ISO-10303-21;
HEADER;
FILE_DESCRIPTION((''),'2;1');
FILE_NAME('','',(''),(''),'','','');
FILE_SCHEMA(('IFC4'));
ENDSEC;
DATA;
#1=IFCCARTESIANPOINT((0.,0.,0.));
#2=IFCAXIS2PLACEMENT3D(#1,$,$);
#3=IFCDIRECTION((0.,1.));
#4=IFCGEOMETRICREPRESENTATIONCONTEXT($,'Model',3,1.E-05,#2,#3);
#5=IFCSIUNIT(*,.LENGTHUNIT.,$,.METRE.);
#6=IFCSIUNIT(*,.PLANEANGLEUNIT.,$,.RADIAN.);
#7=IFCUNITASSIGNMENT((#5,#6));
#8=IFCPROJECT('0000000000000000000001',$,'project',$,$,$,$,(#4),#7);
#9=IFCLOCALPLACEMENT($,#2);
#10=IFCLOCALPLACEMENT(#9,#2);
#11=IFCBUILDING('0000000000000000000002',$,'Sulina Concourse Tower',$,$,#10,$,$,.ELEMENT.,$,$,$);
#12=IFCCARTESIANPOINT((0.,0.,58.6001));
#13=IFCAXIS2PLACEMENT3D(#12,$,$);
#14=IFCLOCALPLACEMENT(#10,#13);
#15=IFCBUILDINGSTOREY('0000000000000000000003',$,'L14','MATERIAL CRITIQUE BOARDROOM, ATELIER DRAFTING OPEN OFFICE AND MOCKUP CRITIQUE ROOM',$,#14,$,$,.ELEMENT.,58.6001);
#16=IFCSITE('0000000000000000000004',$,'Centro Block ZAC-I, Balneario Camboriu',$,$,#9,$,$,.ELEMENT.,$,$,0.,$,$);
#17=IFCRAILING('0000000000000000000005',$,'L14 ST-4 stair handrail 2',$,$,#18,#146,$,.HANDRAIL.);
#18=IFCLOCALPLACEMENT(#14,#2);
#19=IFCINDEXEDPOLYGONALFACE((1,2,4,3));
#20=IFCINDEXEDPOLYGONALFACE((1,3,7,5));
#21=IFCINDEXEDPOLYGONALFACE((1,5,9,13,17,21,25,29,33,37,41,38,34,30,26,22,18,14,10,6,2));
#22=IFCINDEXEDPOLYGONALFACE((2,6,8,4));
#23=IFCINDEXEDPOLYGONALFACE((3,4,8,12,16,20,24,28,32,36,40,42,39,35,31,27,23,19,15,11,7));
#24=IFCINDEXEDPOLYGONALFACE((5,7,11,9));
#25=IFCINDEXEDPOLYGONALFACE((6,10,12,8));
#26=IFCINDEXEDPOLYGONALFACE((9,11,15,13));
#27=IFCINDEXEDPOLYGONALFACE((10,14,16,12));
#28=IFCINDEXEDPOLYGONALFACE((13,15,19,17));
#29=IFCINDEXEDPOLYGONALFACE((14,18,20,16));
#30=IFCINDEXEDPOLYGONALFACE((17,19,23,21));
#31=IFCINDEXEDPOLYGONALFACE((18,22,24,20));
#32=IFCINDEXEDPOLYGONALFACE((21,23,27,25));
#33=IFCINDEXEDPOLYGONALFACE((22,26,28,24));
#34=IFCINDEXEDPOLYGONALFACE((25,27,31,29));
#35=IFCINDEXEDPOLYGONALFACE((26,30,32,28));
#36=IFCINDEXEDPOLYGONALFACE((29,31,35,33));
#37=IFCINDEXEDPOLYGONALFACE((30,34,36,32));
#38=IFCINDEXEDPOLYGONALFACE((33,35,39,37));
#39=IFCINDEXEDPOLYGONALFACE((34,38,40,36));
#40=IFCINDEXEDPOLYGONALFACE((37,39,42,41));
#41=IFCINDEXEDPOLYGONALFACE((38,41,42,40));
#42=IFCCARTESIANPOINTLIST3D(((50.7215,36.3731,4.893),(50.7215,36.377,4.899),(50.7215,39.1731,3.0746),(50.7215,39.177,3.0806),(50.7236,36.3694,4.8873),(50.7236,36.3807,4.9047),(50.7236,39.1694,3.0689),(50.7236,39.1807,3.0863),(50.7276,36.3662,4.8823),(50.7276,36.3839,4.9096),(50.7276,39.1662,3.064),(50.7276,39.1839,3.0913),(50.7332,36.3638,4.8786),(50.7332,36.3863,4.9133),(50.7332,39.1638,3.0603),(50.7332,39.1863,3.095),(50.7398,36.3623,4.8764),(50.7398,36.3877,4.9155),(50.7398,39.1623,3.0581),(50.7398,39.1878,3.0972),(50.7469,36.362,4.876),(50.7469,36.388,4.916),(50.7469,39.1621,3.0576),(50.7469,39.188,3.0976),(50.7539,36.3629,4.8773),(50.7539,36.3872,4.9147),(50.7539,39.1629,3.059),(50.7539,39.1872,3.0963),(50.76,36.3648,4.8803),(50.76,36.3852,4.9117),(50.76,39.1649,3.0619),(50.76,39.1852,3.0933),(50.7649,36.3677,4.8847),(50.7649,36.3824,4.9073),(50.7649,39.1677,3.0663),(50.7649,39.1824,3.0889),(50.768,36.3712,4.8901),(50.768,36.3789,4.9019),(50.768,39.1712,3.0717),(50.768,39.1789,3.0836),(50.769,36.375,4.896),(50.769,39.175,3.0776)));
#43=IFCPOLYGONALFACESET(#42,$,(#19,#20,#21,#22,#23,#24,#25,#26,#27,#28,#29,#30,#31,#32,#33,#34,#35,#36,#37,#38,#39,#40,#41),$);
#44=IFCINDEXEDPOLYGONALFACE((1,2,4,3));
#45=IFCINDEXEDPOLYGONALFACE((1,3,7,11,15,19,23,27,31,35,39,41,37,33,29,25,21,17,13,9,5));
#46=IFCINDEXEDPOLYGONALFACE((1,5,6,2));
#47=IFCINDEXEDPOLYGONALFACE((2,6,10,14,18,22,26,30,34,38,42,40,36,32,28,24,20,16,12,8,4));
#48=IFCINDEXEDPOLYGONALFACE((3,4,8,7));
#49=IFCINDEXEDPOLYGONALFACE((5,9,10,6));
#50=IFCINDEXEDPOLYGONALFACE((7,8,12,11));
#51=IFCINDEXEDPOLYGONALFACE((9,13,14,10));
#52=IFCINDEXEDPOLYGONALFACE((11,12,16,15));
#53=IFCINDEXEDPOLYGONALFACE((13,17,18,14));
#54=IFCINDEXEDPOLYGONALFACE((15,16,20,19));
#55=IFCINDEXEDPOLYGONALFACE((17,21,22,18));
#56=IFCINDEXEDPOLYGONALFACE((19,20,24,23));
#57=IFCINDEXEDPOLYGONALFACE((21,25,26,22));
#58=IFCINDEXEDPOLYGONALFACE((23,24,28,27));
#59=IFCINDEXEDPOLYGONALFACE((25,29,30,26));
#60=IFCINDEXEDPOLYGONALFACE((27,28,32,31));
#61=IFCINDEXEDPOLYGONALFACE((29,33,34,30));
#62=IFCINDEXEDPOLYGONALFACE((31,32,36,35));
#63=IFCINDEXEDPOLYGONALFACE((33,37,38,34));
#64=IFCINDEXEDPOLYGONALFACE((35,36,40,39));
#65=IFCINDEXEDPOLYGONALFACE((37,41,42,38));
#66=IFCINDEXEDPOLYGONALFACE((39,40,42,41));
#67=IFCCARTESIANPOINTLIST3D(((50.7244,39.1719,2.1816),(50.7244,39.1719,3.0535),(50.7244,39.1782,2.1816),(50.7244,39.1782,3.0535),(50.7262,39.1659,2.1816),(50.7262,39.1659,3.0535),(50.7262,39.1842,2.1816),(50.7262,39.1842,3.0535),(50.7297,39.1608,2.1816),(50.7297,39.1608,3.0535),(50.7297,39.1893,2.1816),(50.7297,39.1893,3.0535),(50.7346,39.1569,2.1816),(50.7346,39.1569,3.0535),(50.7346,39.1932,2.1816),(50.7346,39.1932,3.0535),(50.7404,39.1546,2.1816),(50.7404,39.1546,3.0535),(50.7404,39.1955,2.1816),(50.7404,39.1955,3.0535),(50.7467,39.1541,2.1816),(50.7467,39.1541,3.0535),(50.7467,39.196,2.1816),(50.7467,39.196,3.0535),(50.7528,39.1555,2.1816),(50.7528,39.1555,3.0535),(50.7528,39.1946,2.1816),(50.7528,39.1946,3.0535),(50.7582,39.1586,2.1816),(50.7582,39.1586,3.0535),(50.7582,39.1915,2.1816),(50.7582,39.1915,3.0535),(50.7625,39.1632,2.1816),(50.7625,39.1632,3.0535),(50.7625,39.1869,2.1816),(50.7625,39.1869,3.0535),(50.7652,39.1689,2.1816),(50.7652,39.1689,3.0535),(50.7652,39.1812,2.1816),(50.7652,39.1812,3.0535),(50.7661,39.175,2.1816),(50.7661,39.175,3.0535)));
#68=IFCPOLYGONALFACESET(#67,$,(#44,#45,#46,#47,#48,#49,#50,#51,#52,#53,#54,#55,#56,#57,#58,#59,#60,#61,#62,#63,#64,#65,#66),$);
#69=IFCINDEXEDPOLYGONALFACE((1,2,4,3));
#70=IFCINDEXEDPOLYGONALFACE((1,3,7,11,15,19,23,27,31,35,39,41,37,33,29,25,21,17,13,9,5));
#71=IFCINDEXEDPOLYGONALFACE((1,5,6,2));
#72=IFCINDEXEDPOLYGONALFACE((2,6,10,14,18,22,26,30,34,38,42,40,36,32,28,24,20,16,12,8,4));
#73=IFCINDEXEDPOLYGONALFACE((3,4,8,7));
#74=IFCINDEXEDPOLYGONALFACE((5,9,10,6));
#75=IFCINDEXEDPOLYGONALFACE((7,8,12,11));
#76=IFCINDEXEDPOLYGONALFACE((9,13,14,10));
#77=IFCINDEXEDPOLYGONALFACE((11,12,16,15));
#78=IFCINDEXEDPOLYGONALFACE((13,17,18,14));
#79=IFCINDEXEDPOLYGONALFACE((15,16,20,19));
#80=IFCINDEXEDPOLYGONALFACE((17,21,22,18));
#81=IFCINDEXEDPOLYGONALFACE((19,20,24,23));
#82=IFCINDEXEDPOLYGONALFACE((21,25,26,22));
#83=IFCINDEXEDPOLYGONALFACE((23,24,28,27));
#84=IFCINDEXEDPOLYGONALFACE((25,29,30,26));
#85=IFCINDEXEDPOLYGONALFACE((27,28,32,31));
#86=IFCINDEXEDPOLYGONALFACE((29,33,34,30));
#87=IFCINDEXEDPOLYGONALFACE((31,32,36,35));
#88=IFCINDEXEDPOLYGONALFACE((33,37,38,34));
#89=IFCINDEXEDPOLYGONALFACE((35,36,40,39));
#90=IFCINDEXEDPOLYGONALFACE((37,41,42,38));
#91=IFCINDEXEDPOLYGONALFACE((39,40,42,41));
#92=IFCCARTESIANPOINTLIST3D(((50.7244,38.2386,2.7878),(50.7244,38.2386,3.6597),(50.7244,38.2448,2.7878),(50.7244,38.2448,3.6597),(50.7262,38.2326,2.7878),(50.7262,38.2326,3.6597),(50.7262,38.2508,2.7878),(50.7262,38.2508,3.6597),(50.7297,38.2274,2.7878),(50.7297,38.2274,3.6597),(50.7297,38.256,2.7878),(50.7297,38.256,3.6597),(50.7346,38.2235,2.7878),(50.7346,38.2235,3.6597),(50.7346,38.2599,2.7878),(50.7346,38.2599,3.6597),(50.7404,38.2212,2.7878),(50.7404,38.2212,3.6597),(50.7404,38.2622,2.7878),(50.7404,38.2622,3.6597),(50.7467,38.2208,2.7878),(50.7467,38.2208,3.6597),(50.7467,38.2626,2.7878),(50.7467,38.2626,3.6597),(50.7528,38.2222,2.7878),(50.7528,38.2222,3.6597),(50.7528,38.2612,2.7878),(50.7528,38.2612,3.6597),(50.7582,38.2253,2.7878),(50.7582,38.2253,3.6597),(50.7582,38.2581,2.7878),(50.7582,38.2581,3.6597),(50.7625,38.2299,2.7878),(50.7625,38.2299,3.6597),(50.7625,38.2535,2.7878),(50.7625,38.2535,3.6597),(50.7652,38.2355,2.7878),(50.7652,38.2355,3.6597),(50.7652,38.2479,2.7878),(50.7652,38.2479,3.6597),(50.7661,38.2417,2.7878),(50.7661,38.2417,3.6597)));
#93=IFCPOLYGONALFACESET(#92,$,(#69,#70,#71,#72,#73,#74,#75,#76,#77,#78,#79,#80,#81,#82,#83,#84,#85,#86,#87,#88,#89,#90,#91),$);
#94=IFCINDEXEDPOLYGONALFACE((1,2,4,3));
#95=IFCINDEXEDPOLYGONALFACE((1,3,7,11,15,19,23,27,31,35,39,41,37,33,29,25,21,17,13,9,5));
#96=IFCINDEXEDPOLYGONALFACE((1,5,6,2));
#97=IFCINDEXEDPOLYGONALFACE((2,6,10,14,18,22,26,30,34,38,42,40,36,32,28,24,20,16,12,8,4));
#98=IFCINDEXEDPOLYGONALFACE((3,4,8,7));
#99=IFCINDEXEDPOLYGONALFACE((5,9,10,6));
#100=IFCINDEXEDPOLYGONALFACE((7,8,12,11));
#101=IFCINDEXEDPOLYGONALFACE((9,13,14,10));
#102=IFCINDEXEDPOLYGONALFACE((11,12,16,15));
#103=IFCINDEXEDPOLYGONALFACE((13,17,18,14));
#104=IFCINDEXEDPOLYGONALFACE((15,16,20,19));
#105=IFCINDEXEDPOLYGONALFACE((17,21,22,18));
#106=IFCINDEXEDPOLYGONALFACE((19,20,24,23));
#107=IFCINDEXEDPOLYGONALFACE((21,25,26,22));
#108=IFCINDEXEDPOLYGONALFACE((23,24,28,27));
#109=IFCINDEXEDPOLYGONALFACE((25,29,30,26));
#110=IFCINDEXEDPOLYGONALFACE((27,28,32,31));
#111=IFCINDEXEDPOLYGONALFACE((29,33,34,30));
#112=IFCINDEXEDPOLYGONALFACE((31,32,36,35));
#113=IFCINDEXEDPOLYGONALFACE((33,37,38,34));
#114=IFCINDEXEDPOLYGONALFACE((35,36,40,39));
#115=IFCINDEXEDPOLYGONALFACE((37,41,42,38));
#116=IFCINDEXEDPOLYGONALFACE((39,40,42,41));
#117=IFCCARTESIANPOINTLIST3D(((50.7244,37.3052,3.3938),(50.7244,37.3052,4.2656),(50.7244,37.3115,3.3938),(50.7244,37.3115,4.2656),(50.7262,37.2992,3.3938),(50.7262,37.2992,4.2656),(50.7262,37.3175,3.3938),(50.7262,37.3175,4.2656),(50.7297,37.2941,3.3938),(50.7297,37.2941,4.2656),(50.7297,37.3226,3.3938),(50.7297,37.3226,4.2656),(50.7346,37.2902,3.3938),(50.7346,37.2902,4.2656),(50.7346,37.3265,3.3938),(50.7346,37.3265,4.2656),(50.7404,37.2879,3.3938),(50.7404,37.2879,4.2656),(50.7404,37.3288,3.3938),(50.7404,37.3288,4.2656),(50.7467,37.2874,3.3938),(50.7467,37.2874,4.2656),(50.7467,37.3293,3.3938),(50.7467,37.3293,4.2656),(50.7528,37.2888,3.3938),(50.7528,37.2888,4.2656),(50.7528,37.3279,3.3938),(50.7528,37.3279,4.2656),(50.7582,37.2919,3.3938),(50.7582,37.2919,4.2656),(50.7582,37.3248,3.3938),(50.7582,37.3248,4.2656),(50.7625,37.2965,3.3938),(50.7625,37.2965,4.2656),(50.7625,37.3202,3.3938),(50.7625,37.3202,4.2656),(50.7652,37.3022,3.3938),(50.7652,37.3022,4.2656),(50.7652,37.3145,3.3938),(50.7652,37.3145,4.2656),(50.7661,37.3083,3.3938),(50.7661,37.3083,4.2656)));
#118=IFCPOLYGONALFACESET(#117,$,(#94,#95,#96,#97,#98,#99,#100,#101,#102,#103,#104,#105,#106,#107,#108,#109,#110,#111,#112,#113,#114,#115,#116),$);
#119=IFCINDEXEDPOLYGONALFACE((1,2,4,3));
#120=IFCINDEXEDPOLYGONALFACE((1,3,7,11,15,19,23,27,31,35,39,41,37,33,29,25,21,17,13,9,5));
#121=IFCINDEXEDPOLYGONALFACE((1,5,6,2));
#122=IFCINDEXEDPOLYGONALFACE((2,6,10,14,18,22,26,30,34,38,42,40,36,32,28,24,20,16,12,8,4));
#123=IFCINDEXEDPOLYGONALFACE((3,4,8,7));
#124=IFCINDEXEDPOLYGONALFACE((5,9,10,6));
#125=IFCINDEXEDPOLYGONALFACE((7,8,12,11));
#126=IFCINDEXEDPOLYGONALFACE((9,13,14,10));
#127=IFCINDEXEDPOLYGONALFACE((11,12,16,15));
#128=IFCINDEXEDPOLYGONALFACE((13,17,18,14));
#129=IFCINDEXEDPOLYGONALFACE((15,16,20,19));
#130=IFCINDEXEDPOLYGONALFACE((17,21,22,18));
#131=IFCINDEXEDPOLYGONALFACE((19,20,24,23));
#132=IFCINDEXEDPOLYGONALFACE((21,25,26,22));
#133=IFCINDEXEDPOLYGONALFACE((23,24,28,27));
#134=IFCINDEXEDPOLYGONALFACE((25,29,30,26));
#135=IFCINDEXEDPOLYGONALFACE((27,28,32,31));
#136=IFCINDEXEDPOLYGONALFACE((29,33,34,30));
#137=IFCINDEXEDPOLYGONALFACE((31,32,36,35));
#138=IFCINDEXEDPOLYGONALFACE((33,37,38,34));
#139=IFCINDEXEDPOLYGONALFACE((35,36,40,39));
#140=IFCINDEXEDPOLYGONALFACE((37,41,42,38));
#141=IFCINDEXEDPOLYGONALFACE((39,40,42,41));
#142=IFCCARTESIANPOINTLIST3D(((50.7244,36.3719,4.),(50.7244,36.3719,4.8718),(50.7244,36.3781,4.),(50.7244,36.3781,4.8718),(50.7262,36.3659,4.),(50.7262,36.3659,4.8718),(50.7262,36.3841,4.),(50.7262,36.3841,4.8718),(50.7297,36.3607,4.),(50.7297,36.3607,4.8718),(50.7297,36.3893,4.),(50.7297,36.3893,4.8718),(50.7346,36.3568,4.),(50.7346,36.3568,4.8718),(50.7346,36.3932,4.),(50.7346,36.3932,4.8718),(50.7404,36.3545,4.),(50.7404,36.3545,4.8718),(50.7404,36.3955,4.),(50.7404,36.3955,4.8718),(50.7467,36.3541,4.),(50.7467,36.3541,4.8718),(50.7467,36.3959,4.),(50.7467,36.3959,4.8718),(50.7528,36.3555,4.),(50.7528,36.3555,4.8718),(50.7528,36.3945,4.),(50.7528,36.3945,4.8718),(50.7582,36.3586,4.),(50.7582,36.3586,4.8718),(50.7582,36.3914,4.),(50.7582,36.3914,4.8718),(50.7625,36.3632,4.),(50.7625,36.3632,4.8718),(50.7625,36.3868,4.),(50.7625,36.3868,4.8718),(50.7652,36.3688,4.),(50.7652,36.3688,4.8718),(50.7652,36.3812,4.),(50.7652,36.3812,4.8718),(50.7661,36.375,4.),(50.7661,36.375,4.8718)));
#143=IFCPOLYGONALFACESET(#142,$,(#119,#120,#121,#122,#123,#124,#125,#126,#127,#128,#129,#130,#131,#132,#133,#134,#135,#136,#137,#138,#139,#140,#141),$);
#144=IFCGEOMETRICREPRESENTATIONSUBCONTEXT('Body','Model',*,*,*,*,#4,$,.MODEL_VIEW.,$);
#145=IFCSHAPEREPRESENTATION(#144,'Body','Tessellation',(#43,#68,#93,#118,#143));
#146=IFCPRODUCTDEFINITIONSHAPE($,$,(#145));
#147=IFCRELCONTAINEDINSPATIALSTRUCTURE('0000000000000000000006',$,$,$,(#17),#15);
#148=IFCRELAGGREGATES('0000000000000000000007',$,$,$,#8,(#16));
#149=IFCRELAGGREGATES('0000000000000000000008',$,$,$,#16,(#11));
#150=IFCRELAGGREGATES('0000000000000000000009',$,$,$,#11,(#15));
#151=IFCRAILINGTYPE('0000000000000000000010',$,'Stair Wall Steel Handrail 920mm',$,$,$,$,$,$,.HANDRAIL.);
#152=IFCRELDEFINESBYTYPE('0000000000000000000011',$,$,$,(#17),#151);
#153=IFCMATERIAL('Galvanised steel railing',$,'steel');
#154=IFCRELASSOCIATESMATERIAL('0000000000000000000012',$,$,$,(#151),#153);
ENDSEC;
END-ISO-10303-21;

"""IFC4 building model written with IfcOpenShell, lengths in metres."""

from ifc_helpers import new_model, si_unit, direction, frame, origin, origin_2d, place, context, subcontext, project, spatial, circle, extrude, material, type_object, element, save


model = new_model("IFC4")

# Units and contexts
model_context = context("Model", 3, precision=1e-05, world=origin(), true_north=direction((0.0, 1.0)))
body_context = subcontext(model_context, "Body", "Model", "MODEL_VIEW")
ifc_project = project(units=[si_unit("LENGTHUNIT", "METRE"), si_unit("PLANEANGLEUNIT", "RADIAN")], contexts=[model_context])

# Site, building, storey
site_placement = place(None, origin())
site = spatial("IfcSite", under=ifc_project, at=site_placement, Name="Centro Block ZAC-I, Balneario Camboriu", CompositionType="ELEMENT", RefElevation=0.0)
building_placement = place(site_placement, origin())
building = spatial("IfcBuilding", under=site, at=building_placement, Name="Sulina Concourse Tower", CompositionType="ELEMENT")
storey_placement = place(building_placement, frame((0.0, 0.0, 58.6001)))
storey = spatial("IfcBuildingStorey", under=building, at=storey_placement, Name="L14", Description="MATERIAL CRITIQUE BOARDROOM, ATELIER DRAFTING OPEN OFFICE AND MOCKUP CRITIQUE ROOM", CompositionType="ELEMENT", Elevation=58.6001)

# Railing
ifc_material_1 = material(Name="Galvanised steel railing", Category="steel")
railing_type_1 = type_object("IfcRailingType", Name="Stair Wall Steel Handrail 920mm", PredefinedType="HANDRAIL", material=ifc_material_1)
railing_1_placement = place(storey_placement, frame((50.7451, 39.175, 2.1816)))
element("IfcRailing", 1, at=railing_1_placement, inside=storey, type_object=railing_type_1, Name="L14 ST-4 stair handrail 2", PredefinedType="HANDRAIL", context=body_context, shape_type="SweptSolid", body=[
    extrude(circle(Radius=0.0239, at=origin_2d()), frame((0.0, 0.0, 0.896), z_axis=(0.0, -0.838672, 0.544636), x_axis=(1.0, 0.0, 0.0)), (0.0, 0.0, 1.0), 3.3386),
    extrude(circle(Radius=0.021, at=origin_2d()), origin(), (0.0, 0.0, 1.0), 0.8718),
    extrude(circle(Radius=0.021, at=origin_2d()), frame((0.0, -0.9333, 0.6062)), (0.0, 0.0, 1.0), 0.8718),
    extrude(circle(Radius=0.021, at=origin_2d()), frame((0.0, -1.8667, 1.2122)), (0.0, 0.0, 1.0), 0.8718),
    extrude(circle(Radius=0.021, at=origin_2d()), frame((0.0, -2.8, 1.8184)), (0.0, 0.0, 1.0), 0.8718),
])

save(model, "model.ifc")
